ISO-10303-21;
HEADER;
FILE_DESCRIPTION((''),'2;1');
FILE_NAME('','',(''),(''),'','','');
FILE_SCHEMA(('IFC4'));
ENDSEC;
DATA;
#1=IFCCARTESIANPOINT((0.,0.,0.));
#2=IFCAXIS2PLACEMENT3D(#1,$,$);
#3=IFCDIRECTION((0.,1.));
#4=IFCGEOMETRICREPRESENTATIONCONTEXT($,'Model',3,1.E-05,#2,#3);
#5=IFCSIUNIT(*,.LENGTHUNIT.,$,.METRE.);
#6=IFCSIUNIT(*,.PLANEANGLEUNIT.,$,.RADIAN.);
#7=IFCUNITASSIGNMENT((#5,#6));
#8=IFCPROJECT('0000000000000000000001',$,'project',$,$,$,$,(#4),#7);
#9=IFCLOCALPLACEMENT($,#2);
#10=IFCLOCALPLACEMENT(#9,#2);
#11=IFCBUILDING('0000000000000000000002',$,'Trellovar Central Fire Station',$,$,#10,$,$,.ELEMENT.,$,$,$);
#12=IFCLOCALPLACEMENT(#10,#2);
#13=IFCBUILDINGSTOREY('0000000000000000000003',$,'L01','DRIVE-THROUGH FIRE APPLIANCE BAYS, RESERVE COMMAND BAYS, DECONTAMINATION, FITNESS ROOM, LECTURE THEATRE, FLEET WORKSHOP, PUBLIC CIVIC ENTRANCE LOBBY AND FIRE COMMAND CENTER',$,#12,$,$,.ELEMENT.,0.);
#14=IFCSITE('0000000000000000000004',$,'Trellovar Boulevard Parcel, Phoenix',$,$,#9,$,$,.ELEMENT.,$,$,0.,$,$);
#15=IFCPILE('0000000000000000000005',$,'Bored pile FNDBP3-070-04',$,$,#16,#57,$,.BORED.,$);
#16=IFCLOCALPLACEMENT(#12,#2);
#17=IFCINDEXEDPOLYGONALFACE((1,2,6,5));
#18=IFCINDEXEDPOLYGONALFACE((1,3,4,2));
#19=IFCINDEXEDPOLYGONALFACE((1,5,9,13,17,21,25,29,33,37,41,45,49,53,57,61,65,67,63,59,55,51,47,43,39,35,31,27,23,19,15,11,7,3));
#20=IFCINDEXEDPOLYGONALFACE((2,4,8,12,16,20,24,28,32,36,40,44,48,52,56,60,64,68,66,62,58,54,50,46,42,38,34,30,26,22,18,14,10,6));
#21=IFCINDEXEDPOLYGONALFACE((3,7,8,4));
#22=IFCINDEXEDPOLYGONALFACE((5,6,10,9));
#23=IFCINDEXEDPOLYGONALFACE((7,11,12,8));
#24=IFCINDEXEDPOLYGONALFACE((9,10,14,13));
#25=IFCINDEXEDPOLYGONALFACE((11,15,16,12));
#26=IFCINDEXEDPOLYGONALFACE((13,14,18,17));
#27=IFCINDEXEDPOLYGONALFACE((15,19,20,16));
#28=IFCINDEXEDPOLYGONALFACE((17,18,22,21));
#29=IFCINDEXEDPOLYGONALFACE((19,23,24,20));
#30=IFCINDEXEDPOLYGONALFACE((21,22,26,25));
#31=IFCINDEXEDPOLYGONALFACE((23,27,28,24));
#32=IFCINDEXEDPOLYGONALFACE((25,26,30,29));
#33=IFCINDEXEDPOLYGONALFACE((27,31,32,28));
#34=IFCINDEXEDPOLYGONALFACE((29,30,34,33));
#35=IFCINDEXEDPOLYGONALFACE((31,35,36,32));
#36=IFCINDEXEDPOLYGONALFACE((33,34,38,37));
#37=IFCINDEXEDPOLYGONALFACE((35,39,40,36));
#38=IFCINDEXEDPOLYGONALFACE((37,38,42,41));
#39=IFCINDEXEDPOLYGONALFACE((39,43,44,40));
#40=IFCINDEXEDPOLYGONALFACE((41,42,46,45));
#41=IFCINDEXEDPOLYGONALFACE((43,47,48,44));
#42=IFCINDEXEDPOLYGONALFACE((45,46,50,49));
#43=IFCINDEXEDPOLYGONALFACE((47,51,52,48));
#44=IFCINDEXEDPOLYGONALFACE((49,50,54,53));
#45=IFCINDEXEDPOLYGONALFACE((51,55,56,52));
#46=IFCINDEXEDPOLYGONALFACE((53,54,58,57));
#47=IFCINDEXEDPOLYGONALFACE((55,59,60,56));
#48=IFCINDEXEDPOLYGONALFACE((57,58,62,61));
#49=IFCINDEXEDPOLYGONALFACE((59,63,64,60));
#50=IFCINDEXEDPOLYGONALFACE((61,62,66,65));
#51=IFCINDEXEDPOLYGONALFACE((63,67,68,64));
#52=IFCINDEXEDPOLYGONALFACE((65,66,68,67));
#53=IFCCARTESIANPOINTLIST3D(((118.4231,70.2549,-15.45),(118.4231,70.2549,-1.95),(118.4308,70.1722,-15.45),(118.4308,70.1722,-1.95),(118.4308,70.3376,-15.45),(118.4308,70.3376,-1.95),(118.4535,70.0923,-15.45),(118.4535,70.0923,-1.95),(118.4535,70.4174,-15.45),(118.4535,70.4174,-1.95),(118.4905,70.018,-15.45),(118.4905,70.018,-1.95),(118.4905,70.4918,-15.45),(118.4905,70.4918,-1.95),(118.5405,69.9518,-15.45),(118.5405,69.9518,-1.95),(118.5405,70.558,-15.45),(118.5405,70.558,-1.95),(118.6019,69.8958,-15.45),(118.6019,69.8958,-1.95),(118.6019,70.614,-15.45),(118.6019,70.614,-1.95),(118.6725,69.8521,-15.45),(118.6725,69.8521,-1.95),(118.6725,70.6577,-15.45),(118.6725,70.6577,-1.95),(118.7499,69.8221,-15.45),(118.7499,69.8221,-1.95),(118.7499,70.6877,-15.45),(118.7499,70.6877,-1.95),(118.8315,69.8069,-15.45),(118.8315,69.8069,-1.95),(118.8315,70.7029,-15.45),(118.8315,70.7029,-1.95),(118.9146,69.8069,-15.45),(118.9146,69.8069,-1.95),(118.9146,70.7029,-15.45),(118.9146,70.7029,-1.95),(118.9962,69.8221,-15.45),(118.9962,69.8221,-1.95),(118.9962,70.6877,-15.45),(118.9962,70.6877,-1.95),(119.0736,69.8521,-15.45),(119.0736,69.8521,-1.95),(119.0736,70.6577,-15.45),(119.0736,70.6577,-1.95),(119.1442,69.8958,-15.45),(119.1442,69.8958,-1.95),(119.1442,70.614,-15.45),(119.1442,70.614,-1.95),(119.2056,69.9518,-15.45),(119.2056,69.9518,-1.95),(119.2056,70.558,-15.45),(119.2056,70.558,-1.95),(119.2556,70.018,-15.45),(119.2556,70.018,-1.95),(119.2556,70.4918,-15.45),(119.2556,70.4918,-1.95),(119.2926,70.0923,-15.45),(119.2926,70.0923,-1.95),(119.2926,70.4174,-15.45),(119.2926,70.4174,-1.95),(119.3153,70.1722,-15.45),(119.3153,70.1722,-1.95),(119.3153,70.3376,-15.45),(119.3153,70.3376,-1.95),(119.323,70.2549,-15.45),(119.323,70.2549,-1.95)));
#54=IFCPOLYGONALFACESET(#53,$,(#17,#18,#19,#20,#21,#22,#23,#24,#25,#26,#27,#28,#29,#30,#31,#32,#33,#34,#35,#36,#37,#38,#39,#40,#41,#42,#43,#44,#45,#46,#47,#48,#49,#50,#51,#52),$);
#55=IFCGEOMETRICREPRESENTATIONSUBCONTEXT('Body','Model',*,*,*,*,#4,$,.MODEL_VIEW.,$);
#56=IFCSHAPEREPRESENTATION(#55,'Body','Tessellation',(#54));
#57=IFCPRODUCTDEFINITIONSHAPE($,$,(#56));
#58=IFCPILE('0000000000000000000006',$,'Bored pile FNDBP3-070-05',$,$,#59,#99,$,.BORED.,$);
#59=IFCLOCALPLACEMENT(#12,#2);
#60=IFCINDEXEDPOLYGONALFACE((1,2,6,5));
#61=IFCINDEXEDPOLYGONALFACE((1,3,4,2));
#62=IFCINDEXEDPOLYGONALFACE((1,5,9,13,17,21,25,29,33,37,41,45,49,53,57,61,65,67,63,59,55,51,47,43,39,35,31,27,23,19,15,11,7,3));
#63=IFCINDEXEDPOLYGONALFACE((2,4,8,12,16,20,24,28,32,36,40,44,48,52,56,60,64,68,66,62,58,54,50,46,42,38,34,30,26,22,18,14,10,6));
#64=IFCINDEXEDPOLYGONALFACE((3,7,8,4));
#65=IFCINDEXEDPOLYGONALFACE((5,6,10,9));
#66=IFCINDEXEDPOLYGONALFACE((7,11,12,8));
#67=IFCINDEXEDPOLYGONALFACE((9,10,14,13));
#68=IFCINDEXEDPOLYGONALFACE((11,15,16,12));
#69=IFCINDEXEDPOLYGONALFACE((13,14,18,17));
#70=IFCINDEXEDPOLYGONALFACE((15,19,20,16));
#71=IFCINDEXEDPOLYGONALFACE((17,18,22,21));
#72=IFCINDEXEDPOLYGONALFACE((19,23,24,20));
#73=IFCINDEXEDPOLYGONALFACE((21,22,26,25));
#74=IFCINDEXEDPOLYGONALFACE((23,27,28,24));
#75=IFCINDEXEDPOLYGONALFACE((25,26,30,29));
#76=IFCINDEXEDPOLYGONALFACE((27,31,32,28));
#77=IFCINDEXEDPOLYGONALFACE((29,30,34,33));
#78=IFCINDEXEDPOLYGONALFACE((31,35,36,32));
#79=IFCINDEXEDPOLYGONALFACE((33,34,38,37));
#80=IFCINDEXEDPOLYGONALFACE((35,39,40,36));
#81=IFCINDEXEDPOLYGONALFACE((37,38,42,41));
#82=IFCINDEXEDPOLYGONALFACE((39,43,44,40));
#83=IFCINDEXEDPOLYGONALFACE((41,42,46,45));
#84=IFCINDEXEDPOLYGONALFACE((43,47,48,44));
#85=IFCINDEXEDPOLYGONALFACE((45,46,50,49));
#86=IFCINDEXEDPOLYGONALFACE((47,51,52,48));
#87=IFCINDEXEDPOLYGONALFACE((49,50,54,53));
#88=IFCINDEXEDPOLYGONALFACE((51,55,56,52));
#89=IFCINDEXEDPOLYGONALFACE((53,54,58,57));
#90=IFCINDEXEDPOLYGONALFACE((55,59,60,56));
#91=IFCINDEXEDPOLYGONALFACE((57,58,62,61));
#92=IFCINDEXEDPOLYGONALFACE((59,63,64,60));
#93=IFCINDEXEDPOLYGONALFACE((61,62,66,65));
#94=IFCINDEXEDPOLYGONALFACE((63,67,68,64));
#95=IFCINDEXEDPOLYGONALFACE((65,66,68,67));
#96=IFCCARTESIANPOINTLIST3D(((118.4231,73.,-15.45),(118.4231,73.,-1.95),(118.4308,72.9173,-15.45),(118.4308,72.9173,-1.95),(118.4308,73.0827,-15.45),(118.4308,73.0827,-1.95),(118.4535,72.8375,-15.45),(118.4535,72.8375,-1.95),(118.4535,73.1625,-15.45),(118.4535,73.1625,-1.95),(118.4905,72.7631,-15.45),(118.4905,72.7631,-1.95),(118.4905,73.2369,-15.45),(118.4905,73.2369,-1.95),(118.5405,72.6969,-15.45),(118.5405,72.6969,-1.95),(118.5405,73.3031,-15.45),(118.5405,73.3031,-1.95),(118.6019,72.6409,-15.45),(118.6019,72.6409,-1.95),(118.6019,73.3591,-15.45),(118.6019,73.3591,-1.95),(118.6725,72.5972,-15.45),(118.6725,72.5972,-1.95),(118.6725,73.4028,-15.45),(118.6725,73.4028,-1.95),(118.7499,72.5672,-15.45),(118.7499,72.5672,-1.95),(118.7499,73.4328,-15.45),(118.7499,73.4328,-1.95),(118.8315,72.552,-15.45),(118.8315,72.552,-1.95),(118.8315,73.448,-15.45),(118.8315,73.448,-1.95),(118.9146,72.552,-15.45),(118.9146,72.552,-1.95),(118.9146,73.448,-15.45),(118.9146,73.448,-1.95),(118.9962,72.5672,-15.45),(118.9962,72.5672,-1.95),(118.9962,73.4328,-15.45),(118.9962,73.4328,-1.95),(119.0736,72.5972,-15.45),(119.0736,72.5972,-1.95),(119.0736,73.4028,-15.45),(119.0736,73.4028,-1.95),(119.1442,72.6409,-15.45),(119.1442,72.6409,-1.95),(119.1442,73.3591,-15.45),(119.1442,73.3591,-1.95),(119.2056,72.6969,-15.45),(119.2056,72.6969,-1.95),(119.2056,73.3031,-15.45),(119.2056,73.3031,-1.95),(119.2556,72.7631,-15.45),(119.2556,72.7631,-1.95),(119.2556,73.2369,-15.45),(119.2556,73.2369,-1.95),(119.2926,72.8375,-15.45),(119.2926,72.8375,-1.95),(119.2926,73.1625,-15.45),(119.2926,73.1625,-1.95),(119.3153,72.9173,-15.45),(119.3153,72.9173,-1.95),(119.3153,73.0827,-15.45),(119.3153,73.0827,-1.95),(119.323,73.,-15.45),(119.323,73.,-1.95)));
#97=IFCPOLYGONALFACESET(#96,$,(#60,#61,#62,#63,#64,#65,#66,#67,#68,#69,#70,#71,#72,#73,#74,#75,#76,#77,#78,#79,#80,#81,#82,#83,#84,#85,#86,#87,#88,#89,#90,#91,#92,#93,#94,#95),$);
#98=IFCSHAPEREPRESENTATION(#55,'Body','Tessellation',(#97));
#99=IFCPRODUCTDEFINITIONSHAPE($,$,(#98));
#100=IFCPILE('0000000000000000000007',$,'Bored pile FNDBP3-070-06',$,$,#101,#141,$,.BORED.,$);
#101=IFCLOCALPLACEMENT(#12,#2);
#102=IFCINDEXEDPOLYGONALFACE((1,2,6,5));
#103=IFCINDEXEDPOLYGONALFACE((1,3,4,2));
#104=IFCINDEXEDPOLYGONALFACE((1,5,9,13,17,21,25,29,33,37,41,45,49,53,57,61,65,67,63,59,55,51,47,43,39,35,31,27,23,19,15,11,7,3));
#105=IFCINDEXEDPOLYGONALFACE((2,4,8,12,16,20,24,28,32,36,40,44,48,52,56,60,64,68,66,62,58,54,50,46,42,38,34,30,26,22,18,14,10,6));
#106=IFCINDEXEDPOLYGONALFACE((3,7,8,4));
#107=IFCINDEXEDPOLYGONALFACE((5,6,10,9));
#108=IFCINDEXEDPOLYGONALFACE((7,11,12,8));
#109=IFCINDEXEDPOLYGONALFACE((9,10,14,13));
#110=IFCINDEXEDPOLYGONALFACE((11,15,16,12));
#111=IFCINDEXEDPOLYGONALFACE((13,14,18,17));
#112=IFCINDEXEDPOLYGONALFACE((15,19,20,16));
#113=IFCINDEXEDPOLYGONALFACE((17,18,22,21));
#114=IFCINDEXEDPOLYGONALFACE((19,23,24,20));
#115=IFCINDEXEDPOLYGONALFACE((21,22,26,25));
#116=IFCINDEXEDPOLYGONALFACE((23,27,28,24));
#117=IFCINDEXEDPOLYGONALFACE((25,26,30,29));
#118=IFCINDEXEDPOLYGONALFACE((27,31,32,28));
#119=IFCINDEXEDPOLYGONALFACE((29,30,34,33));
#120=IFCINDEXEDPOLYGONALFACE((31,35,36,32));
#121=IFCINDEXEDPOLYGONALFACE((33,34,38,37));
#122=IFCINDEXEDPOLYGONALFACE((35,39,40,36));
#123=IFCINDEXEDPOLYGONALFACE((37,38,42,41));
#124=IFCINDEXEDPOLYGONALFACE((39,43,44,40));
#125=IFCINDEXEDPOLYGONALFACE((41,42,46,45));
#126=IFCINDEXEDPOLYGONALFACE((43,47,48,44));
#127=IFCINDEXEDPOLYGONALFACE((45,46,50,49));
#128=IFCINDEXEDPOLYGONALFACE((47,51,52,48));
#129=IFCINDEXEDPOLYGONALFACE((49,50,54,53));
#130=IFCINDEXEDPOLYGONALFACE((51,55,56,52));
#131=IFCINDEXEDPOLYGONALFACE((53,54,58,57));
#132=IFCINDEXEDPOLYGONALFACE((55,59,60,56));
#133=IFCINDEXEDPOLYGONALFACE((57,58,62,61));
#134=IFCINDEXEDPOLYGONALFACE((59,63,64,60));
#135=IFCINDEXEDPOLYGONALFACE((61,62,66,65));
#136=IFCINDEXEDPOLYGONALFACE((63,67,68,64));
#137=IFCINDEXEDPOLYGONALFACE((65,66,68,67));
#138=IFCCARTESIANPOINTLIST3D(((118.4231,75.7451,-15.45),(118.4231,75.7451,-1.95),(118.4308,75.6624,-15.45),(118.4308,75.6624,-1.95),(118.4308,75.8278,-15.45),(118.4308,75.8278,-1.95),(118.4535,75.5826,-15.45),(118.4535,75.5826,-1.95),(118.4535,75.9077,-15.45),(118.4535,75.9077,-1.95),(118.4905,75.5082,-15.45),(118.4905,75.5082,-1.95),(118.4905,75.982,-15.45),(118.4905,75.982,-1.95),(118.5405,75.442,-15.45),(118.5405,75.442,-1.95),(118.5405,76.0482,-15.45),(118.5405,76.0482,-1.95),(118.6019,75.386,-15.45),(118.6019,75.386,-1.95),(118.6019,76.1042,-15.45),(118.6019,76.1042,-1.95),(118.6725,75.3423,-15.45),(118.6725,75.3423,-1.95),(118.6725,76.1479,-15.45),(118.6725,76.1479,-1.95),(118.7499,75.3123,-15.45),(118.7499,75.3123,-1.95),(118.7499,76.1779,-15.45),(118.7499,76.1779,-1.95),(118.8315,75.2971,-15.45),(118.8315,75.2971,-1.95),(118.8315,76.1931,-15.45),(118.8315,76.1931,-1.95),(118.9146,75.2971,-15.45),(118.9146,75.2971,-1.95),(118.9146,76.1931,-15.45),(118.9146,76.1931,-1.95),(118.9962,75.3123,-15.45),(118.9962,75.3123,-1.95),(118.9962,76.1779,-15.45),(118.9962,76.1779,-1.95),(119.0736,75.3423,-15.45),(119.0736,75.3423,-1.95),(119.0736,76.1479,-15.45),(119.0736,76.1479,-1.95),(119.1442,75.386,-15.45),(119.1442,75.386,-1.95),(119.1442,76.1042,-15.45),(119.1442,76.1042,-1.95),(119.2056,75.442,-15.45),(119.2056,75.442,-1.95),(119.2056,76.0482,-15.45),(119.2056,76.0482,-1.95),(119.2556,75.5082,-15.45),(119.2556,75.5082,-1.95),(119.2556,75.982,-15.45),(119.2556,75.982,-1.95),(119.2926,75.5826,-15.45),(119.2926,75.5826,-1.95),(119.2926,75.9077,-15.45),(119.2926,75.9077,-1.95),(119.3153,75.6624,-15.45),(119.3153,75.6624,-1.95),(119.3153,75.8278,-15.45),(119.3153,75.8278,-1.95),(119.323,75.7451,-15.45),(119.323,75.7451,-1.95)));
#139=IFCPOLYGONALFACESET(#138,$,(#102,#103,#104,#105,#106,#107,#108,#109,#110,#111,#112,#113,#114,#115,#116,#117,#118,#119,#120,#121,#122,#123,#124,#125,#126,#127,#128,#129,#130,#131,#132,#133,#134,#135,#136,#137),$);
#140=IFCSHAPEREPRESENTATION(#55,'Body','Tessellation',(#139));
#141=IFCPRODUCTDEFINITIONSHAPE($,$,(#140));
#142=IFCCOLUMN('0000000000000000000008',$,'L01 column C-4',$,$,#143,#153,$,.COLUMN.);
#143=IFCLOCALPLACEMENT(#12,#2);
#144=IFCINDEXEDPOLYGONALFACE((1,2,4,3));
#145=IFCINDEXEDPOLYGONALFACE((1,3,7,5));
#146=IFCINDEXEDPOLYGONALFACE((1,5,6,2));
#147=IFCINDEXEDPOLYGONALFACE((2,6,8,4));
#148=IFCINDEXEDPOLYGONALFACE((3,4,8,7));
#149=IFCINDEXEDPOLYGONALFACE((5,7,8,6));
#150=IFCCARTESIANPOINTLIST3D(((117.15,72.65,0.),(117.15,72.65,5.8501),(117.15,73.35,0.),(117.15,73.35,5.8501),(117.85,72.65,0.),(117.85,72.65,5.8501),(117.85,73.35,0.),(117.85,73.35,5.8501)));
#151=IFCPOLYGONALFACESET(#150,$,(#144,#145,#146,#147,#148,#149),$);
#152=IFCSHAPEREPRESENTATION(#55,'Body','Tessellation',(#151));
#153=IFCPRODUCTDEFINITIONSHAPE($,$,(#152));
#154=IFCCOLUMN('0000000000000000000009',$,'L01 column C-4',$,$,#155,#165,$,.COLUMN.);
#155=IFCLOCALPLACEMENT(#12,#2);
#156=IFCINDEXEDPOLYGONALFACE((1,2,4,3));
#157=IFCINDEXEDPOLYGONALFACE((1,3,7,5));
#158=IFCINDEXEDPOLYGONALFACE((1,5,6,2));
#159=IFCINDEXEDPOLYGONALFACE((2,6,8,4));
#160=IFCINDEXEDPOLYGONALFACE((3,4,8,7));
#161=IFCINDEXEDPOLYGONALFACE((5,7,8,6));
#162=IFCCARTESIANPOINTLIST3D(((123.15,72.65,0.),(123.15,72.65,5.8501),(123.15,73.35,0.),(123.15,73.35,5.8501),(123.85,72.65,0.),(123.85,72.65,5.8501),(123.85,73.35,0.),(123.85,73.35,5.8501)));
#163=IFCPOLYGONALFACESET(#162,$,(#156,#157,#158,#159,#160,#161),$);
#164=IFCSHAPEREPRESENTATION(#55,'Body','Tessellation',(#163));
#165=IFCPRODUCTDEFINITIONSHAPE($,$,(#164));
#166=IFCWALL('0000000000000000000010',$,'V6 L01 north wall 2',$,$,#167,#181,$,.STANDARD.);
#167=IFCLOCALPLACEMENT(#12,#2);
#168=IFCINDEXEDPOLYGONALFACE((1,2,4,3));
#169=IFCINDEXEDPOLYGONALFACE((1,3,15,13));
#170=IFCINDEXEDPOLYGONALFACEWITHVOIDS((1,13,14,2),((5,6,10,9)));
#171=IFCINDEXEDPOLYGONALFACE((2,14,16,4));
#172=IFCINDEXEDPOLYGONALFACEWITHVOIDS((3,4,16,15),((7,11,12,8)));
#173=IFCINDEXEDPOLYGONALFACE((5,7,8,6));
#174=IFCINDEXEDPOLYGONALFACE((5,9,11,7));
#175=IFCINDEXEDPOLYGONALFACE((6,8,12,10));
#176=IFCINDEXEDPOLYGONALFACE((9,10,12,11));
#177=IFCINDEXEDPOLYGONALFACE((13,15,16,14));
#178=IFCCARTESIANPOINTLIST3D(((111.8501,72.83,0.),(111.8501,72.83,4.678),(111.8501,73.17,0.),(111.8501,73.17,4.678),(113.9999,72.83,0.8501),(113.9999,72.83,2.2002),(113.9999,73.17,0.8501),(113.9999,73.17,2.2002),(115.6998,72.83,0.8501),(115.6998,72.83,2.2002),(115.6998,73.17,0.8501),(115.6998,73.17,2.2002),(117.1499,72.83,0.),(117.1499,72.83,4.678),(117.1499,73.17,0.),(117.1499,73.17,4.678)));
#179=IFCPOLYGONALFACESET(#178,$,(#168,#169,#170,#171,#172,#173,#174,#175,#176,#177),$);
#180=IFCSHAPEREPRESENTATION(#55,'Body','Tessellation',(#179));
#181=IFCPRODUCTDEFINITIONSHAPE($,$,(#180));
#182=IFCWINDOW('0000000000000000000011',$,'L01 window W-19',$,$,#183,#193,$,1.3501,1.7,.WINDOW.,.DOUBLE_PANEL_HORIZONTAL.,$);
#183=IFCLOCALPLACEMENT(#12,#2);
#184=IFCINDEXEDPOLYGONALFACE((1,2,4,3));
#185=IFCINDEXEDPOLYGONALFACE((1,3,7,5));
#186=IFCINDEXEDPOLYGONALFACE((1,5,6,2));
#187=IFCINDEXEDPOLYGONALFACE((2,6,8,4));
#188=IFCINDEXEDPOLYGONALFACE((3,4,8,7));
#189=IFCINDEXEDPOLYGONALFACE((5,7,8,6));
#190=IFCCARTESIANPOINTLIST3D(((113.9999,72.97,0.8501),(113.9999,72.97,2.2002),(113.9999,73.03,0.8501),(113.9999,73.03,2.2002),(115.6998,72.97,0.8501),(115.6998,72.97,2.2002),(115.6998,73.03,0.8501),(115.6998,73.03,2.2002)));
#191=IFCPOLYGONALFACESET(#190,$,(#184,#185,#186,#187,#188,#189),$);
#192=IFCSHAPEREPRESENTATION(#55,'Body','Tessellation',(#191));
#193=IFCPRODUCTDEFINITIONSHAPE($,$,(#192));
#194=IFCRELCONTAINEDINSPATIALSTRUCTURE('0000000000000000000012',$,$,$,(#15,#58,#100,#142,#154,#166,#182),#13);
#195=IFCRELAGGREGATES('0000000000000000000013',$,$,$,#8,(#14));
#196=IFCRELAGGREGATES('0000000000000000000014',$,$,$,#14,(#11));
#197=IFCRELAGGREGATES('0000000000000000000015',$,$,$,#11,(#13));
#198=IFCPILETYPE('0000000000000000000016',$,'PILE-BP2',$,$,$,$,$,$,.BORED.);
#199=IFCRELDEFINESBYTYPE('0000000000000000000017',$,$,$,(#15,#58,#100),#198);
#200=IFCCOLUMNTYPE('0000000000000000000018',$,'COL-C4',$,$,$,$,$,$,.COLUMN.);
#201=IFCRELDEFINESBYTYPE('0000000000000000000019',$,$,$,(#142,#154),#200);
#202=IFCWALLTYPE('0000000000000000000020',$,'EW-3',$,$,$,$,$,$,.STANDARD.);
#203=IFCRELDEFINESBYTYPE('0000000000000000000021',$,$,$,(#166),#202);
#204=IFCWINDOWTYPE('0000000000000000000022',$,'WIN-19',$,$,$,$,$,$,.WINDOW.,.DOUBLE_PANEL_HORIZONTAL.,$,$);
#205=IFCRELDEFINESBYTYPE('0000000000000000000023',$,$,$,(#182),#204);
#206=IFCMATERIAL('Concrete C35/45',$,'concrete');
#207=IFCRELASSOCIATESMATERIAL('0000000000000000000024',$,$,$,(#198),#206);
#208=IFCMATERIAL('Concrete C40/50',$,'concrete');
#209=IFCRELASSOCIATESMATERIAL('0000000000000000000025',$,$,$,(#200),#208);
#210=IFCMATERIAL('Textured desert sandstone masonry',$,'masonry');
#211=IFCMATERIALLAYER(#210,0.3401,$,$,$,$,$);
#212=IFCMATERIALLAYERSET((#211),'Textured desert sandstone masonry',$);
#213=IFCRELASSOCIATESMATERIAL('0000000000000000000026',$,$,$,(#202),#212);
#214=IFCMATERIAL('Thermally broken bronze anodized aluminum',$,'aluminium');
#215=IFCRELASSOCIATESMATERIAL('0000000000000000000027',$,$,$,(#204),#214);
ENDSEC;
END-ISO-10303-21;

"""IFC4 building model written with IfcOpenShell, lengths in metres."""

from ifc_helpers import new_model, si_unit, direction, frame, frame_2d, origin, origin_2d, place, context, subcontext, project, spatial, rectangle, circle, extrude, material, layer, layer_set, material_profile, profile_set, type_object, element, fill, save


model = new_model("IFC4")

# Units and contexts
model_context = context("Model", 3, precision=1e-05, world=origin(), true_north=direction((0.0, 1.0)))
body_context = subcontext(model_context, "Body", "Model", "MODEL_VIEW")
ifc_project = project(units=[si_unit("LENGTHUNIT", "METRE"), si_unit("PLANEANGLEUNIT", "RADIAN")], contexts=[model_context])

# Site, building, storey
site_placement = place(None, origin())
site = spatial("IfcSite", under=ifc_project, at=site_placement, Name="Trellovar Boulevard Parcel, Phoenix", CompositionType="ELEMENT", RefElevation=0.0)
building_placement = place(site_placement, origin())
building = spatial("IfcBuilding", under=site, at=building_placement, Name="Trellovar Central Fire Station", CompositionType="ELEMENT")
storey_placement = place(building_placement, origin())
storey = spatial("IfcBuildingStorey", under=building, at=storey_placement, Name="L01", Description="DRIVE-THROUGH FIRE APPLIANCE BAYS, RESERVE COMMAND BAYS, DECONTAMINATION, FITNESS ROOM, LECTURE THEATRE, FLEET WORKSHOP, PUBLIC CIVIC ENTRANCE LOBBY AND FIRE COMMAND CENTER", CompositionType="ELEMENT", Elevation=0.0)

# Piles
ifc_material_1 = material(Name="Concrete C35/45", Category="concrete")
ifc_material_profile_1 = material_profile(ifc_material_1, circle(Radius=0.45, at=origin_2d()), Name="PILE900")
ifc_profile_set_1 = profile_set([ifc_material_profile_1], Name="Concrete C35/45")
pile_type_1 = type_object("IfcPileType", Name="PILE-BP2", PredefinedType="BORED", material=ifc_profile_set_1)
for number, where, z_axis, x_axis, name in (
    (1, (118.873, 70.2549, -1.95), (0.0, 0.0, -1.0), (1.0, 0.0, 0.0), "Bored pile FNDBP3-070-04"),
    (2, (118.873, 73.0, -1.95), (0.0, 0.0, -1.0), (1.0, 0.0, 0.0), "Bored pile FNDBP3-070-05"),
    (3, (118.873, 75.7451, -1.95), (0.0, 0.0, -1.0), (1.0, 0.0, 0.0), "Bored pile FNDBP3-070-06"),
):
    element("IfcPile", number, at=place(storey_placement, frame(where, z_axis=z_axis, x_axis=x_axis)), inside=storey, type_object=pile_type_1, Name=name, PredefinedType="BORED", context=body_context, shape_type="SweptSolid", body=[
        extrude(circle(Radius=0.45, at=origin_2d()), origin(), (0.0, 0.0, 1.0), 13.5),
    ])

# Columns
ifc_material_2 = material(Name="Concrete C40/50", Category="concrete")
ifc_material_profile_2 = material_profile(ifc_material_2, rectangle(XDim=0.7, YDim=0.7, at=origin_2d()), Name="RC700X700")
ifc_profile_set_2 = profile_set([ifc_material_profile_2], Name="Concrete C40/50")
column_type = type_object("IfcColumnType", Name="COL-C4", PredefinedType="COLUMN", material=ifc_profile_set_2)
for number, where, z_axis, x_axis, name in (
    (4, (117.5, 73.0, 0.0), (0.0, 0.0, 1.0), (1.0, 0.0, 0.0), "L01 column C-4"),
    (5, (123.5, 73.0, 0.0), (0.0, 0.0, 1.0), (1.0, 0.0, 0.0), "L01 column C-4"),
):
    element("IfcColumn", number, at=place(storey_placement, frame(where, z_axis=z_axis, x_axis=x_axis)), inside=storey, type_object=column_type, Name=name, PredefinedType="COLUMN", context=body_context, shape_type="SweptSolid", body=[
        extrude(rectangle(XDim=0.7, YDim=0.7, at=origin_2d()), origin(), (0.0, 0.0, 1.0), 5.8501),
    ])

# Wall, opening, window
ifc_material_3 = material(Name="Textured desert sandstone masonry", Category="masonry")
ifc_layer_1 = layer(ifc_material_3, 0.3401)
ifc_layer_set_1 = layer_set([ifc_layer_1], Name="Textured desert sandstone masonry")
wall_type_1 = type_object("IfcWallType", Name="EW-3", PredefinedType="STANDARD", material=ifc_layer_set_1)
wall_1_placement = place(storey_placement, frame((117.1499, 73.0, 0.0), z_axis=(0.0, 0.0, 1.0), x_axis=(-1.0, 0.0, 0.0)))
wall_1 = element("IfcWall", 6, at=wall_1_placement, inside=storey, type_object=wall_type_1, Name="V6 L01 north wall 2", PredefinedType="STANDARD", context=body_context, shape_type="SweptSolid", body=[
    extrude(rectangle(XDim=5.2998, YDim=0.3401, at=frame_2d((2.6499, 0.0))), origin(), (0.0, 0.0, 1.0), 4.678),
])
opening_1_placement = place(wall_1_placement, frame((1.45, 0.0, 0.8501)))
opening_1 = element("IfcOpeningElement", 7, at=opening_1_placement, cuts=wall_1, PredefinedType="OPENING", context=body_context, shape_type="SweptSolid", body=[
    extrude(rectangle(XDim=1.7, YDim=1.3501, at=frame_2d((0.8501, 0.675))), frame((0.0, 0.1799, 0.0), z_axis=(0.0, -1.0, 0.0), x_axis=(1.0, 0.0, 0.0)), (0.0, 0.0, 1.0), 0.3601),
])
ifc_material_4 = material(Name="Thermally broken bronze anodized aluminum", Category="aluminium")
window_type = type_object("IfcWindowType", Name="WIN-19", PartitioningType="DOUBLE_PANEL_HORIZONTAL", PredefinedType="WINDOW", material=ifc_material_4)
window_1_placement = place(opening_1_placement, origin())
window_1 = element("IfcWindow", 8, at=window_1_placement, inside=storey, type_object=window_type, Name="L01 window W-19", OverallHeight=1.3501, OverallWidth=1.7, PartitioningType="DOUBLE_PANEL_HORIZONTAL", PredefinedType="WINDOW", context=body_context, shape_type="SweptSolid", body=[
    extrude(rectangle(XDim=1.7, YDim=1.3501, at=frame_2d((0.8501, 0.675))), frame((0.0, 0.03, 0.0), z_axis=(0.0, -1.0, 0.0), x_axis=(1.0, 0.0, 0.0)), (0.0, 0.0, 1.0), 0.0601),
])
fill(opening_1, window_1)

save(model, "model.ifc")
